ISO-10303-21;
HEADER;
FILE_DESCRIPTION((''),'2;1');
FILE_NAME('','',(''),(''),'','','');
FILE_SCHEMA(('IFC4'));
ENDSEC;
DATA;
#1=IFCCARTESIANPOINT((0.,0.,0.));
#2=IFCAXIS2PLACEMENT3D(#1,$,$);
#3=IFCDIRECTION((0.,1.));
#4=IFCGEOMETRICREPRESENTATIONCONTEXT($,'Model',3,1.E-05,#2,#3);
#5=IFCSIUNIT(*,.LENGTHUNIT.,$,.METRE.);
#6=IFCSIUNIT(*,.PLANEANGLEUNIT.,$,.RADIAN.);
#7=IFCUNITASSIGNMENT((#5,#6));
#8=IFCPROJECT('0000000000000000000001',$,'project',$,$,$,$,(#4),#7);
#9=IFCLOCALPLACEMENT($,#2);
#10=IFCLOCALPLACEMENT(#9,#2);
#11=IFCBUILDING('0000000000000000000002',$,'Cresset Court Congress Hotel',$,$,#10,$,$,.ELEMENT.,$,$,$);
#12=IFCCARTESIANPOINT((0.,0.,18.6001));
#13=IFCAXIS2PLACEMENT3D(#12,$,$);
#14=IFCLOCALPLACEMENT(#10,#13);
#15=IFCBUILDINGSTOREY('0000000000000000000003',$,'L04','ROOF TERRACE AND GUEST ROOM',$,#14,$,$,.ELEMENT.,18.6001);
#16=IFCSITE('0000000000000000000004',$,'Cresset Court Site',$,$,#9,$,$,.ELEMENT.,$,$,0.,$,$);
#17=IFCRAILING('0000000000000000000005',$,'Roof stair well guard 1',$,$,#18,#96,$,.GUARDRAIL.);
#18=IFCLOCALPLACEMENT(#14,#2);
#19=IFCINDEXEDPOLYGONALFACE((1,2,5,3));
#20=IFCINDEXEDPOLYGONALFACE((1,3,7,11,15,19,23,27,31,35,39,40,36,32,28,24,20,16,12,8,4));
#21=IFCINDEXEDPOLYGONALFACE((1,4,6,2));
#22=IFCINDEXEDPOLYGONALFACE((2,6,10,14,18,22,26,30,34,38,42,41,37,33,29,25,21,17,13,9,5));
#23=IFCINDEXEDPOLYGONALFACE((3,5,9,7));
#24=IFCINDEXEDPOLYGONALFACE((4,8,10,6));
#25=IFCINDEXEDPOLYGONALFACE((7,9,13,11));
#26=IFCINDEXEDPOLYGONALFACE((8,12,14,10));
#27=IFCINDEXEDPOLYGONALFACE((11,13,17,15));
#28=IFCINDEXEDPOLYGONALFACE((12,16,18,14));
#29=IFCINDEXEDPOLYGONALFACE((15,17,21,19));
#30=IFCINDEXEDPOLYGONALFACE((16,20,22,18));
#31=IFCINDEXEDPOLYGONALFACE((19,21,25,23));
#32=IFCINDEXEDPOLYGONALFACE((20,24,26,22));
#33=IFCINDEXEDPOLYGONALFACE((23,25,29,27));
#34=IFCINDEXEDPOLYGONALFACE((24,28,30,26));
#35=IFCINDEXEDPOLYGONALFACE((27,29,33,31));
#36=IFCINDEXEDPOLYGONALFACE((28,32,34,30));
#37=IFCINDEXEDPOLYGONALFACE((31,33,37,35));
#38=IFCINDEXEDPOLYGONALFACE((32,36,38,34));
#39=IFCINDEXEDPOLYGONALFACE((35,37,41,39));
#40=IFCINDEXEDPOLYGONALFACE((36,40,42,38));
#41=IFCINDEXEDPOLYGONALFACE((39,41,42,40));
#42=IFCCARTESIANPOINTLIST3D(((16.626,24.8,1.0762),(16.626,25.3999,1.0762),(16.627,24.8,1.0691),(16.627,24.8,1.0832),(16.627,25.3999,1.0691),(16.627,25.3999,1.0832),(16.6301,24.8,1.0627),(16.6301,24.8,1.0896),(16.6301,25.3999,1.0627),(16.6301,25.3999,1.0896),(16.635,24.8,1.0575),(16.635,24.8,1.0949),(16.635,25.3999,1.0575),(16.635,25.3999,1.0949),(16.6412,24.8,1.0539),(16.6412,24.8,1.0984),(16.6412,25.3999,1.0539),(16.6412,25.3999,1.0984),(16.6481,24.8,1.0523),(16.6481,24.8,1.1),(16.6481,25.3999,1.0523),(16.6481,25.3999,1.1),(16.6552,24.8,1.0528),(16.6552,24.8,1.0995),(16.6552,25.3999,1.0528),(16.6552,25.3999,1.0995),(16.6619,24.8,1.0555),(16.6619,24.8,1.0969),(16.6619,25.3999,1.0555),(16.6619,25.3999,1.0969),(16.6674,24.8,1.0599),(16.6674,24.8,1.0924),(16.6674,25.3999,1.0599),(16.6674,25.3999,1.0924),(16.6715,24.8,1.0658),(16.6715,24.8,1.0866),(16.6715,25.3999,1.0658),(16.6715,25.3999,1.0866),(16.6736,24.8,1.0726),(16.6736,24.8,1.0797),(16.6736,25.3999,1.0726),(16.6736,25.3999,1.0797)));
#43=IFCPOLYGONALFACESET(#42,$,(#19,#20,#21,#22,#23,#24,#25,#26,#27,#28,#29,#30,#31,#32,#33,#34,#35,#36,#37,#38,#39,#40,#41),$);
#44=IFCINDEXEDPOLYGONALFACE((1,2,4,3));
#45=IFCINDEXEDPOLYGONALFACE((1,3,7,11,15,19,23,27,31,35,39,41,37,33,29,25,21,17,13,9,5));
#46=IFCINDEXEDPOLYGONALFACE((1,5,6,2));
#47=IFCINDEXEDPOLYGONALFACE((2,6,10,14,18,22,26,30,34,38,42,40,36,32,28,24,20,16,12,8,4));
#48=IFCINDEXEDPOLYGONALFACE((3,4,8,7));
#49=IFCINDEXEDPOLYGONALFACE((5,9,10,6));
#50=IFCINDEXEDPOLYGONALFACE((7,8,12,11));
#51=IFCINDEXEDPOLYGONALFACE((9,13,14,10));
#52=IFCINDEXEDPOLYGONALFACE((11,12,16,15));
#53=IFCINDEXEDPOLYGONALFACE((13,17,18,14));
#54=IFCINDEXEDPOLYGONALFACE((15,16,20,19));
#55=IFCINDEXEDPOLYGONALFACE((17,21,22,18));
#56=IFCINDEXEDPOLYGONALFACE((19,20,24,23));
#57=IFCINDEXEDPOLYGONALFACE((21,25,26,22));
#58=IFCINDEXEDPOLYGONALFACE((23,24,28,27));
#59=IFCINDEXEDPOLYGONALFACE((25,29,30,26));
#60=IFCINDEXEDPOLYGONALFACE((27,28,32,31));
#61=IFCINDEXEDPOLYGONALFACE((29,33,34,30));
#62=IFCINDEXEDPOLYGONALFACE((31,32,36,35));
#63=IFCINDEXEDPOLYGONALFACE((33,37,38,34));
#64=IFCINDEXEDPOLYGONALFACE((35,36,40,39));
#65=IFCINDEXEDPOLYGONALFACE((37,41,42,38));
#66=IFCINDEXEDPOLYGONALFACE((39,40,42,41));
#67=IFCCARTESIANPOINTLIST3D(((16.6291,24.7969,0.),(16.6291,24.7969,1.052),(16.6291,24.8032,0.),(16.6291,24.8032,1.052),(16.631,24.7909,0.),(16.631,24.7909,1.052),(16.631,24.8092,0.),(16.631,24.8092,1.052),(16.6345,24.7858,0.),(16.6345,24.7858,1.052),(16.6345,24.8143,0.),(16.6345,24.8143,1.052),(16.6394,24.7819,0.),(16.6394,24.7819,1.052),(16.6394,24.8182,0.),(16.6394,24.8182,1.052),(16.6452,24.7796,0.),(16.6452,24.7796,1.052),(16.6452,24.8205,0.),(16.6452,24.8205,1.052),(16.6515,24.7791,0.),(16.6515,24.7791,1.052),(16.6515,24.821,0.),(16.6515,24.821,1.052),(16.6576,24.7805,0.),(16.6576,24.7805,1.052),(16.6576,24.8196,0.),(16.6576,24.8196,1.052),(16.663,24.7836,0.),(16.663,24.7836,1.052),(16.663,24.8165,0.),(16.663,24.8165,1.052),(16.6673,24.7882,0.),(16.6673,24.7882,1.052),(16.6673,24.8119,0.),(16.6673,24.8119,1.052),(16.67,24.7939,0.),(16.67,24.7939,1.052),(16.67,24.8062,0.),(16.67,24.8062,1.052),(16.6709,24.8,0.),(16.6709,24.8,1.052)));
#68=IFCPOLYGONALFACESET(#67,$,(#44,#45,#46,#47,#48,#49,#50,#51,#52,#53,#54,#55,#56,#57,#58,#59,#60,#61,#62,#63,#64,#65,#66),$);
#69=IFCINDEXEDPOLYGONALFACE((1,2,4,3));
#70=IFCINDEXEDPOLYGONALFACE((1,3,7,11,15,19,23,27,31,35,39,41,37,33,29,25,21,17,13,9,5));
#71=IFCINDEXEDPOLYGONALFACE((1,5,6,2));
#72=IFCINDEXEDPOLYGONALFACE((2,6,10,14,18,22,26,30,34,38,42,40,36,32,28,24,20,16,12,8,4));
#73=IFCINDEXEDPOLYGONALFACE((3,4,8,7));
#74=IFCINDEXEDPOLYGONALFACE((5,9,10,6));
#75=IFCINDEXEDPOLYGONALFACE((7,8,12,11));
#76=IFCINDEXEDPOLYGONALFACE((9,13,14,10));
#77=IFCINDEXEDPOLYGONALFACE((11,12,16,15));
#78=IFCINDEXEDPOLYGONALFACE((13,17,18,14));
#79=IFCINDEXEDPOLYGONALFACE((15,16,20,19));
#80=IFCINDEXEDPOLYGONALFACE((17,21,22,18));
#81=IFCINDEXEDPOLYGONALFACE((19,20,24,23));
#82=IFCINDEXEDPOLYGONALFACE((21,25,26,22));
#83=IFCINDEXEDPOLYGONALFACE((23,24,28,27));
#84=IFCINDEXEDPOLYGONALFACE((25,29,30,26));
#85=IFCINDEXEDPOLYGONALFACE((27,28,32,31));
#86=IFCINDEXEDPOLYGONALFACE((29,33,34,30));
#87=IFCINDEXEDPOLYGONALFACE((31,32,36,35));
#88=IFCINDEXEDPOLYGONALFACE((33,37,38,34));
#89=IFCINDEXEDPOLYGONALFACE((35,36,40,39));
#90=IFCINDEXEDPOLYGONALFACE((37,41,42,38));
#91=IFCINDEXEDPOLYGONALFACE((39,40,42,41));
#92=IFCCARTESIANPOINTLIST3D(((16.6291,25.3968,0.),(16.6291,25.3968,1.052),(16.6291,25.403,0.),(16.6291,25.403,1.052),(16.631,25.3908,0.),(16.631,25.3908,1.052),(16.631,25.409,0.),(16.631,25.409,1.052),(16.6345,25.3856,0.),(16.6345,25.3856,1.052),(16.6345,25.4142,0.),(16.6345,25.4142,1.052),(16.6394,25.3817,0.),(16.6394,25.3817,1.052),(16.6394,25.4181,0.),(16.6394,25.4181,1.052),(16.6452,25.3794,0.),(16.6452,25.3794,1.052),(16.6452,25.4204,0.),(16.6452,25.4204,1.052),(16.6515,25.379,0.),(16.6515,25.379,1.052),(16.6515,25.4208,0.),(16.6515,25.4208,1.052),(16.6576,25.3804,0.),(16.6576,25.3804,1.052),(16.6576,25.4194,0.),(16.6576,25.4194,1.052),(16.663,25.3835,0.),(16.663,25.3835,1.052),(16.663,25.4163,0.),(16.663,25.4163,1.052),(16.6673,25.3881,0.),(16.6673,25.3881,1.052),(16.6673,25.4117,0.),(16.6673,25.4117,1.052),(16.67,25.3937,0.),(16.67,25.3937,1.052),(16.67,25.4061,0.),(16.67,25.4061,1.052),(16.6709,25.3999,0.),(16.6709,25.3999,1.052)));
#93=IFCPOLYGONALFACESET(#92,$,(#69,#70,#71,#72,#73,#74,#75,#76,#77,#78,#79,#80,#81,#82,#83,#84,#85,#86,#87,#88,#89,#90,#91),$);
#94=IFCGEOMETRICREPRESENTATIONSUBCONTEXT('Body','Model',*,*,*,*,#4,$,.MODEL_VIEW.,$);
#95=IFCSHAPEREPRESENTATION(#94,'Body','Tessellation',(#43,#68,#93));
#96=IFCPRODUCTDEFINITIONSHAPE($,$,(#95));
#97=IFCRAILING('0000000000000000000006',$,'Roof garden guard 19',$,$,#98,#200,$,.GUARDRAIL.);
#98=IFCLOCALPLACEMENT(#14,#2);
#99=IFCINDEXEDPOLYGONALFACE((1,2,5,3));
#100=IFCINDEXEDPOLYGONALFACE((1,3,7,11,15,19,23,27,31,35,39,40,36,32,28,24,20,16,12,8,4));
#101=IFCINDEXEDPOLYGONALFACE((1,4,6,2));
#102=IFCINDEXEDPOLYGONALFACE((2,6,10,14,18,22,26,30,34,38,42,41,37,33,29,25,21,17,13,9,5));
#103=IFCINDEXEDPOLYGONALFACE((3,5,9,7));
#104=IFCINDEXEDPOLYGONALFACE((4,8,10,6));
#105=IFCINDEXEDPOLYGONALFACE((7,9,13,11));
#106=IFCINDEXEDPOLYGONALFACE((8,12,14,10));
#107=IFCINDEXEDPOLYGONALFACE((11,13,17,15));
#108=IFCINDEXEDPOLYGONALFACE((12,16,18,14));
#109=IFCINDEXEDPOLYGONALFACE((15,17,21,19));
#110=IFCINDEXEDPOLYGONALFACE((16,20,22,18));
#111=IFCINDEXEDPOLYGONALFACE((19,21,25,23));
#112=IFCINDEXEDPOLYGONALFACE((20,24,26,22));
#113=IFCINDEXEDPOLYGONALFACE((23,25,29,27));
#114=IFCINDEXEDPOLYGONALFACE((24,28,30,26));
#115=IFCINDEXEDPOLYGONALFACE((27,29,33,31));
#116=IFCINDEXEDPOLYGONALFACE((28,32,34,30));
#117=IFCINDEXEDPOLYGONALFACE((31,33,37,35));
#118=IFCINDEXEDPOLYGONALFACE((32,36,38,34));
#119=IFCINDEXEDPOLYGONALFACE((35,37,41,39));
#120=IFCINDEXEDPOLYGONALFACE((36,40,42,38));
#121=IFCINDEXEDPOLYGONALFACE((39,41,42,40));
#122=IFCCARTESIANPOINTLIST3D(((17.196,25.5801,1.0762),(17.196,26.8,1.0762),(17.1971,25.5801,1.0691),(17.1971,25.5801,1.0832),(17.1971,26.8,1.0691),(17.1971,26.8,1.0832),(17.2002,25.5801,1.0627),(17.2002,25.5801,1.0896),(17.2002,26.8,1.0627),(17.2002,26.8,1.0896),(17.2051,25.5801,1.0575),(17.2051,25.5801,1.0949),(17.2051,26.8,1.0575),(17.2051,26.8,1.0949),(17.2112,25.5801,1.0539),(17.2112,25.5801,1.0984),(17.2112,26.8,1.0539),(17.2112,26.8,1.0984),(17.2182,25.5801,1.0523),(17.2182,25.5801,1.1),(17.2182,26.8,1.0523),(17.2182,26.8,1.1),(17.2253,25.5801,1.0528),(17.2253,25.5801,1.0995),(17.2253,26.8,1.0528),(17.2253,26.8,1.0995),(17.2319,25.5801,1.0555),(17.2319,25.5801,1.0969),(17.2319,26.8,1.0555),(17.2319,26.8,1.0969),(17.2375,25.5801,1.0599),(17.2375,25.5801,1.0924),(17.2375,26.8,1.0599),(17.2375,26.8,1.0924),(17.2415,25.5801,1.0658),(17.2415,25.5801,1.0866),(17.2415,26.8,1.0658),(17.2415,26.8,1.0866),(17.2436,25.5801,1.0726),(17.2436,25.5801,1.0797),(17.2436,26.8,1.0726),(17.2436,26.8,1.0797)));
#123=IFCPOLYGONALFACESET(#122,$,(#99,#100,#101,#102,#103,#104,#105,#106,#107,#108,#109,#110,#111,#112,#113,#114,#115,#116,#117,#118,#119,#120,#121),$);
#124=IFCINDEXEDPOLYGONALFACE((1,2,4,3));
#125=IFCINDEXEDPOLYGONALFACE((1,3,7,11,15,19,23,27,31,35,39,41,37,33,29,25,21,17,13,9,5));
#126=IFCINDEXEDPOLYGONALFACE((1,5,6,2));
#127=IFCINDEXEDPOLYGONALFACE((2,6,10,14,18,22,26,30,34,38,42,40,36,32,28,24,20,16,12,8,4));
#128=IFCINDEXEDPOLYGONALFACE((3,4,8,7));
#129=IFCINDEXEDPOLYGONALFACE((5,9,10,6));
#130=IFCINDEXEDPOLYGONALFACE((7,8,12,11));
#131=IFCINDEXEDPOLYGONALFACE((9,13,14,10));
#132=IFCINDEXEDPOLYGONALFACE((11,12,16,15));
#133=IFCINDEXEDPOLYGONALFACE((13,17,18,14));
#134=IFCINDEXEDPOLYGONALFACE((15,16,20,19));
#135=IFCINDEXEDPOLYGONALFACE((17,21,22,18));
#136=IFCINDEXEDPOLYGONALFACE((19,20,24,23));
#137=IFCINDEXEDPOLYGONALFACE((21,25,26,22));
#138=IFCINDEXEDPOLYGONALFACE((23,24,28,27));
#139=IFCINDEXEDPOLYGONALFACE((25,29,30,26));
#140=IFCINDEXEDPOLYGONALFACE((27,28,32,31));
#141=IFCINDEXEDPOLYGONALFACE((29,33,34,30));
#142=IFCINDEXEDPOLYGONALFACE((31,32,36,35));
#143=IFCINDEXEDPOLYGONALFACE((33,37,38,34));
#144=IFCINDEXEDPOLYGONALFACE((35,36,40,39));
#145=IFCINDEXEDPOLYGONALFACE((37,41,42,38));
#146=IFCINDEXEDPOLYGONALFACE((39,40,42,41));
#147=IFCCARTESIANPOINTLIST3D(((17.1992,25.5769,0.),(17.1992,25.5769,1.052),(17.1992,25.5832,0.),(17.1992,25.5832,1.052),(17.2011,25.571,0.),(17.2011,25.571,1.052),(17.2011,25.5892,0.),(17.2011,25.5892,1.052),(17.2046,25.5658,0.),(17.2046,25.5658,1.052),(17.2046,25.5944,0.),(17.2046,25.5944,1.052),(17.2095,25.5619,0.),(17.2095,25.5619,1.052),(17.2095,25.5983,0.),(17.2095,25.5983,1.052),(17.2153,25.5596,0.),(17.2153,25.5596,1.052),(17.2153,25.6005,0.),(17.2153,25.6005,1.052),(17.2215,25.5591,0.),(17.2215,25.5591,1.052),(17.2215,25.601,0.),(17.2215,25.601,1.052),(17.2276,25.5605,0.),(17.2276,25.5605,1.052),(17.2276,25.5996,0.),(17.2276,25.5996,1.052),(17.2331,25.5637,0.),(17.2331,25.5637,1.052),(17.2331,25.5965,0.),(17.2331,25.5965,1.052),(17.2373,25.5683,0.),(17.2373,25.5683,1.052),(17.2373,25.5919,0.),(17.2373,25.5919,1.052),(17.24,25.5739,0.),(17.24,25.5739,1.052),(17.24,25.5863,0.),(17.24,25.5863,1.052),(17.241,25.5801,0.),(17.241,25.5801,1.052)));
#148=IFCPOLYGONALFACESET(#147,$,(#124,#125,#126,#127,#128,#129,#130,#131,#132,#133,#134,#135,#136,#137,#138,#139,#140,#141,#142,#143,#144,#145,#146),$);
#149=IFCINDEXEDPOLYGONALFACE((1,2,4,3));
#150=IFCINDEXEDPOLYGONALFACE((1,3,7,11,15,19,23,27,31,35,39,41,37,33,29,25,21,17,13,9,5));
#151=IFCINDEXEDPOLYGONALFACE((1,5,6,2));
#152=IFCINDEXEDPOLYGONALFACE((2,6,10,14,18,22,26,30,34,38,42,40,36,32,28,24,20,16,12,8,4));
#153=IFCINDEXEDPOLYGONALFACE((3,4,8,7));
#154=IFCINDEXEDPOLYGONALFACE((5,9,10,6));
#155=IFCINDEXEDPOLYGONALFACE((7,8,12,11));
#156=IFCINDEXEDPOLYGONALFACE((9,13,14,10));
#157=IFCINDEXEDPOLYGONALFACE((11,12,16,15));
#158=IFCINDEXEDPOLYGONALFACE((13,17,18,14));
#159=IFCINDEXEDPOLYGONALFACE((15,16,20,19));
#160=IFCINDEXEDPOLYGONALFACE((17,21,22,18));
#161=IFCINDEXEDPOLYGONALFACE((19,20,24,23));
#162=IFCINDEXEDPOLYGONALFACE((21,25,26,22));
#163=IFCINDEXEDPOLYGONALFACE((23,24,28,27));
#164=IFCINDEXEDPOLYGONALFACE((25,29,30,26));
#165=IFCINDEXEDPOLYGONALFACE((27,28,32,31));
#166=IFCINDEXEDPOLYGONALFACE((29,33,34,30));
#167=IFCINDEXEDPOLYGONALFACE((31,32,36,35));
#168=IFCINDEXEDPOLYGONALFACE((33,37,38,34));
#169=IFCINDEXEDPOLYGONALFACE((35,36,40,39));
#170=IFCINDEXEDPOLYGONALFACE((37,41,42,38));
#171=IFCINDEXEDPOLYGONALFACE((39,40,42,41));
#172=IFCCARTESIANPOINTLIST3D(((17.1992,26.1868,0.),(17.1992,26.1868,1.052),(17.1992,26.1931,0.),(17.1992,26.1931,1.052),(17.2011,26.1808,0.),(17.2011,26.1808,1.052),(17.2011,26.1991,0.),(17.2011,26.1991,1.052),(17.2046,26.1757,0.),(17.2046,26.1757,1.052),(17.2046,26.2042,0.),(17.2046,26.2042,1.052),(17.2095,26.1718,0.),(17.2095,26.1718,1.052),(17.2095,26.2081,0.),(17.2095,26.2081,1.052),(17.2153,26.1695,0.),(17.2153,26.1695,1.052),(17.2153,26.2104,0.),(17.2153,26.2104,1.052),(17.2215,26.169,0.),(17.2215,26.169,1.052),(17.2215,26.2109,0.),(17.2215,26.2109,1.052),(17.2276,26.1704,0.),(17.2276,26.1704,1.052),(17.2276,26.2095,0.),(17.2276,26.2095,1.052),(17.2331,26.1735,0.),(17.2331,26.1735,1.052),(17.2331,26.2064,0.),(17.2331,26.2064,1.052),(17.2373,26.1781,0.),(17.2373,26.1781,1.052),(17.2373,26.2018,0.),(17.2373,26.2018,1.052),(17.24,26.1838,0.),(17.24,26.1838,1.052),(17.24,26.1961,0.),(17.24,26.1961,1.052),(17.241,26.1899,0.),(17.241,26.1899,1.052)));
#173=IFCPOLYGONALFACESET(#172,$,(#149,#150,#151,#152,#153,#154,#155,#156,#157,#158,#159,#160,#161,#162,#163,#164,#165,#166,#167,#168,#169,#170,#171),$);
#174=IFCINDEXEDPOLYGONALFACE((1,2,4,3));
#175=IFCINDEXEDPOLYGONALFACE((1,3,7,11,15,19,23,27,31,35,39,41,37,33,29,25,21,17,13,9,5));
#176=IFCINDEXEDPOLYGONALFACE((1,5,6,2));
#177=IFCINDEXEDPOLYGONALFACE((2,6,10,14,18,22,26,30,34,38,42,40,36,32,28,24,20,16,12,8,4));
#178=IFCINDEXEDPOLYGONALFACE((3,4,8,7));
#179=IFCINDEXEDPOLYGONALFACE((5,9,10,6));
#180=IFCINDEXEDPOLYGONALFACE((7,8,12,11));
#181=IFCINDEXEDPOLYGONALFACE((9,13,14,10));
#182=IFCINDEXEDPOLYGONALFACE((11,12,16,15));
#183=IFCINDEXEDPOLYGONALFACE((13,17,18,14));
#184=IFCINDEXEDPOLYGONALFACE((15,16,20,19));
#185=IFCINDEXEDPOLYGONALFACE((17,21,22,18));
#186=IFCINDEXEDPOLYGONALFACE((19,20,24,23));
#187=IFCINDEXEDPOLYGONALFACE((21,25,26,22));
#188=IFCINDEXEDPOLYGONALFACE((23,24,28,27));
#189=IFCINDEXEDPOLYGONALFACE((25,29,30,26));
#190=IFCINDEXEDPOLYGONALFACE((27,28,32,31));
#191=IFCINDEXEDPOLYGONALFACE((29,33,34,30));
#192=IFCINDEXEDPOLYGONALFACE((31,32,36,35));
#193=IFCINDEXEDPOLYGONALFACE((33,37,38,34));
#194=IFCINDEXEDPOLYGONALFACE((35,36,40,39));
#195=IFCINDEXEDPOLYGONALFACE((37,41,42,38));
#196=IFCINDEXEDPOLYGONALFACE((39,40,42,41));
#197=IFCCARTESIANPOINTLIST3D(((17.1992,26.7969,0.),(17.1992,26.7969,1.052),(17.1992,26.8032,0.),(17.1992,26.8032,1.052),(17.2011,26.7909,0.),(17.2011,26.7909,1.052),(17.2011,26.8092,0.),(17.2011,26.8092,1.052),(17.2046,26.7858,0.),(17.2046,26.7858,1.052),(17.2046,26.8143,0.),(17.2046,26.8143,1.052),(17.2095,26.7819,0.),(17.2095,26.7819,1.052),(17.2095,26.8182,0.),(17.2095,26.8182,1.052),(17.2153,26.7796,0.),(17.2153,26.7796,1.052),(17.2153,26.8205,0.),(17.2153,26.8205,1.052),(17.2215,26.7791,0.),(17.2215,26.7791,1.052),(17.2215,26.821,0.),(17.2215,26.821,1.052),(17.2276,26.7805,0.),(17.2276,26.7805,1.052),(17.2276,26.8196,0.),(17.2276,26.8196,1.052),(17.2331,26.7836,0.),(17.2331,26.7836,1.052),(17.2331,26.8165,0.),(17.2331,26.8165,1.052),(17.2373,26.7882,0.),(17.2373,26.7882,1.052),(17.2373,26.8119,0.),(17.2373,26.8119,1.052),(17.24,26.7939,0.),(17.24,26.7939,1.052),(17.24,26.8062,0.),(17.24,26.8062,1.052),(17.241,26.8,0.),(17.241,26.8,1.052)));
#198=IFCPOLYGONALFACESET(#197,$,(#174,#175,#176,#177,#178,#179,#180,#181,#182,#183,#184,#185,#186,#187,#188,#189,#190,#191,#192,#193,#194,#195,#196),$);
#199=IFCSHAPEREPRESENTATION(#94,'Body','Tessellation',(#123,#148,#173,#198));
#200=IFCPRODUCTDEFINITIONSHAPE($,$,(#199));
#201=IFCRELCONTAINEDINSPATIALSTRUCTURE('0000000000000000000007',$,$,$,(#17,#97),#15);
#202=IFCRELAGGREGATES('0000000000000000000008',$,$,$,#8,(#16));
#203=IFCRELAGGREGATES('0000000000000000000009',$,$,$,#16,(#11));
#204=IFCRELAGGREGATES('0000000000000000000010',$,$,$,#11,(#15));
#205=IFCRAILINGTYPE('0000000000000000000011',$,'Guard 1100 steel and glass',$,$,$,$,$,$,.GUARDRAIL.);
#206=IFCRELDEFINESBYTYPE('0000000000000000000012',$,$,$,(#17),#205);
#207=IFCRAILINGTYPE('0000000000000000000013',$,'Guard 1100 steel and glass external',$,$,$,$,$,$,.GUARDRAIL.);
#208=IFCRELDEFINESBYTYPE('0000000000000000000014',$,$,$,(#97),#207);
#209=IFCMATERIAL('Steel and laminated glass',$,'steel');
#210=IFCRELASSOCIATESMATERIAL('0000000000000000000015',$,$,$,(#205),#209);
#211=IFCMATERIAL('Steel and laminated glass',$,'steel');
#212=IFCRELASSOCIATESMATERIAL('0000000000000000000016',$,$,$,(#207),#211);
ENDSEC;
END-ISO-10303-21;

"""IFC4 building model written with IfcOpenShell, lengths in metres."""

from ifc_helpers import new_model, si_unit, direction, frame, origin, origin_2d, place, context, subcontext, project, spatial, circle, extrude, material, type_object, element, save


model = new_model("IFC4")

# Units and contexts
model_context = context("Model", 3, precision=1e-05, world=origin(), true_north=direction((0.0, 1.0)))
body_context = subcontext(model_context, "Body", "Model", "MODEL_VIEW")
ifc_project = project(units=[si_unit("LENGTHUNIT", "METRE"), si_unit("PLANEANGLEUNIT", "RADIAN")], contexts=[model_context])

# Site, building, storey
site_placement = place(None, origin())
site = spatial("IfcSite", under=ifc_project, at=site_placement, Name="Cresset Court Site", CompositionType="ELEMENT", RefElevation=0.0)
building_placement = place(site_placement, origin())
building = spatial("IfcBuilding", under=site, at=building_placement, Name="Cresset Court Congress Hotel", CompositionType="ELEMENT")
storey_placement = place(building_placement, frame((0.0, 0.0, 18.6001)))
storey = spatial("IfcBuildingStorey", under=building, at=storey_placement, Name="L04", Description="ROOF TERRACE AND GUEST ROOM", CompositionType="ELEMENT", Elevation=18.6001)

# Railings
ifc_material_1 = material(Name="Steel and laminated glass", Category="steel")
railing_type_1 = type_object("IfcRailingType", Name="Guard 1100 steel and glass", PredefinedType="GUARDRAIL", material=ifc_material_1)
railing_placement = place(storey_placement, frame((16.6499, 24.8, 0.0)))
element("IfcRailing", 1, at=railing_placement, inside=storey, type_object=railing_type_1, Name="Roof stair well guard 1", PredefinedType="GUARDRAIL", context=body_context, shape_type="SweptSolid", body=[
    extrude(circle(Radius=0.0239, at=origin_2d()), frame((0.0, 0.0, 1.0762), z_axis=(0.0, 1.0, 0.0), x_axis=(-1.0, 0.0, 0.0)), (0.0, 0.0, 1.0), 0.5999),
    extrude(circle(Radius=0.021, at=origin_2d()), origin(), (0.0, 0.0, 1.0), 1.052),
    extrude(circle(Radius=0.021, at=origin_2d()), frame((0.0, 0.5999, 0.0)), (0.0, 0.0, 1.0), 1.052),
])
ifc_material_2 = material(Name="Steel and laminated glass", Category="steel")
railing_type_2 = type_object("IfcRailingType", Name="Guard 1100 steel and glass external", PredefinedType="GUARDRAIL", material=ifc_material_2)
for number, where, name in (
    (2, (17.22, 25.5801, 0.0), "Roof garden guard 19"),
):
    element("IfcRailing", number, at=place(storey_placement, frame(where)), inside=storey, type_object=railing_type_2, Name=name, PredefinedType="GUARDRAIL", context=body_context, shape_type="SweptSolid", body=[
        extrude(circle(Radius=0.0239, at=origin_2d()), frame((0.0, 0.0, 1.0762), z_axis=(0.0, 1.0, 0.0), x_axis=(-1.0, 0.0, 0.0)), (0.0, 0.0, 1.0), 1.22),
        extrude(circle(Radius=0.021, at=origin_2d()), origin(), (0.0, 0.0, 1.0), 1.052),
        extrude(circle(Radius=0.021, at=origin_2d()), frame((0.0, 0.6099, 0.0)), (0.0, 0.0, 1.0), 1.052),
        extrude(circle(Radius=0.021, at=origin_2d()), frame((0.0, 1.22, 0.0)), (0.0, 0.0, 1.0), 1.052),
    ])

save(model, "model.ifc")
